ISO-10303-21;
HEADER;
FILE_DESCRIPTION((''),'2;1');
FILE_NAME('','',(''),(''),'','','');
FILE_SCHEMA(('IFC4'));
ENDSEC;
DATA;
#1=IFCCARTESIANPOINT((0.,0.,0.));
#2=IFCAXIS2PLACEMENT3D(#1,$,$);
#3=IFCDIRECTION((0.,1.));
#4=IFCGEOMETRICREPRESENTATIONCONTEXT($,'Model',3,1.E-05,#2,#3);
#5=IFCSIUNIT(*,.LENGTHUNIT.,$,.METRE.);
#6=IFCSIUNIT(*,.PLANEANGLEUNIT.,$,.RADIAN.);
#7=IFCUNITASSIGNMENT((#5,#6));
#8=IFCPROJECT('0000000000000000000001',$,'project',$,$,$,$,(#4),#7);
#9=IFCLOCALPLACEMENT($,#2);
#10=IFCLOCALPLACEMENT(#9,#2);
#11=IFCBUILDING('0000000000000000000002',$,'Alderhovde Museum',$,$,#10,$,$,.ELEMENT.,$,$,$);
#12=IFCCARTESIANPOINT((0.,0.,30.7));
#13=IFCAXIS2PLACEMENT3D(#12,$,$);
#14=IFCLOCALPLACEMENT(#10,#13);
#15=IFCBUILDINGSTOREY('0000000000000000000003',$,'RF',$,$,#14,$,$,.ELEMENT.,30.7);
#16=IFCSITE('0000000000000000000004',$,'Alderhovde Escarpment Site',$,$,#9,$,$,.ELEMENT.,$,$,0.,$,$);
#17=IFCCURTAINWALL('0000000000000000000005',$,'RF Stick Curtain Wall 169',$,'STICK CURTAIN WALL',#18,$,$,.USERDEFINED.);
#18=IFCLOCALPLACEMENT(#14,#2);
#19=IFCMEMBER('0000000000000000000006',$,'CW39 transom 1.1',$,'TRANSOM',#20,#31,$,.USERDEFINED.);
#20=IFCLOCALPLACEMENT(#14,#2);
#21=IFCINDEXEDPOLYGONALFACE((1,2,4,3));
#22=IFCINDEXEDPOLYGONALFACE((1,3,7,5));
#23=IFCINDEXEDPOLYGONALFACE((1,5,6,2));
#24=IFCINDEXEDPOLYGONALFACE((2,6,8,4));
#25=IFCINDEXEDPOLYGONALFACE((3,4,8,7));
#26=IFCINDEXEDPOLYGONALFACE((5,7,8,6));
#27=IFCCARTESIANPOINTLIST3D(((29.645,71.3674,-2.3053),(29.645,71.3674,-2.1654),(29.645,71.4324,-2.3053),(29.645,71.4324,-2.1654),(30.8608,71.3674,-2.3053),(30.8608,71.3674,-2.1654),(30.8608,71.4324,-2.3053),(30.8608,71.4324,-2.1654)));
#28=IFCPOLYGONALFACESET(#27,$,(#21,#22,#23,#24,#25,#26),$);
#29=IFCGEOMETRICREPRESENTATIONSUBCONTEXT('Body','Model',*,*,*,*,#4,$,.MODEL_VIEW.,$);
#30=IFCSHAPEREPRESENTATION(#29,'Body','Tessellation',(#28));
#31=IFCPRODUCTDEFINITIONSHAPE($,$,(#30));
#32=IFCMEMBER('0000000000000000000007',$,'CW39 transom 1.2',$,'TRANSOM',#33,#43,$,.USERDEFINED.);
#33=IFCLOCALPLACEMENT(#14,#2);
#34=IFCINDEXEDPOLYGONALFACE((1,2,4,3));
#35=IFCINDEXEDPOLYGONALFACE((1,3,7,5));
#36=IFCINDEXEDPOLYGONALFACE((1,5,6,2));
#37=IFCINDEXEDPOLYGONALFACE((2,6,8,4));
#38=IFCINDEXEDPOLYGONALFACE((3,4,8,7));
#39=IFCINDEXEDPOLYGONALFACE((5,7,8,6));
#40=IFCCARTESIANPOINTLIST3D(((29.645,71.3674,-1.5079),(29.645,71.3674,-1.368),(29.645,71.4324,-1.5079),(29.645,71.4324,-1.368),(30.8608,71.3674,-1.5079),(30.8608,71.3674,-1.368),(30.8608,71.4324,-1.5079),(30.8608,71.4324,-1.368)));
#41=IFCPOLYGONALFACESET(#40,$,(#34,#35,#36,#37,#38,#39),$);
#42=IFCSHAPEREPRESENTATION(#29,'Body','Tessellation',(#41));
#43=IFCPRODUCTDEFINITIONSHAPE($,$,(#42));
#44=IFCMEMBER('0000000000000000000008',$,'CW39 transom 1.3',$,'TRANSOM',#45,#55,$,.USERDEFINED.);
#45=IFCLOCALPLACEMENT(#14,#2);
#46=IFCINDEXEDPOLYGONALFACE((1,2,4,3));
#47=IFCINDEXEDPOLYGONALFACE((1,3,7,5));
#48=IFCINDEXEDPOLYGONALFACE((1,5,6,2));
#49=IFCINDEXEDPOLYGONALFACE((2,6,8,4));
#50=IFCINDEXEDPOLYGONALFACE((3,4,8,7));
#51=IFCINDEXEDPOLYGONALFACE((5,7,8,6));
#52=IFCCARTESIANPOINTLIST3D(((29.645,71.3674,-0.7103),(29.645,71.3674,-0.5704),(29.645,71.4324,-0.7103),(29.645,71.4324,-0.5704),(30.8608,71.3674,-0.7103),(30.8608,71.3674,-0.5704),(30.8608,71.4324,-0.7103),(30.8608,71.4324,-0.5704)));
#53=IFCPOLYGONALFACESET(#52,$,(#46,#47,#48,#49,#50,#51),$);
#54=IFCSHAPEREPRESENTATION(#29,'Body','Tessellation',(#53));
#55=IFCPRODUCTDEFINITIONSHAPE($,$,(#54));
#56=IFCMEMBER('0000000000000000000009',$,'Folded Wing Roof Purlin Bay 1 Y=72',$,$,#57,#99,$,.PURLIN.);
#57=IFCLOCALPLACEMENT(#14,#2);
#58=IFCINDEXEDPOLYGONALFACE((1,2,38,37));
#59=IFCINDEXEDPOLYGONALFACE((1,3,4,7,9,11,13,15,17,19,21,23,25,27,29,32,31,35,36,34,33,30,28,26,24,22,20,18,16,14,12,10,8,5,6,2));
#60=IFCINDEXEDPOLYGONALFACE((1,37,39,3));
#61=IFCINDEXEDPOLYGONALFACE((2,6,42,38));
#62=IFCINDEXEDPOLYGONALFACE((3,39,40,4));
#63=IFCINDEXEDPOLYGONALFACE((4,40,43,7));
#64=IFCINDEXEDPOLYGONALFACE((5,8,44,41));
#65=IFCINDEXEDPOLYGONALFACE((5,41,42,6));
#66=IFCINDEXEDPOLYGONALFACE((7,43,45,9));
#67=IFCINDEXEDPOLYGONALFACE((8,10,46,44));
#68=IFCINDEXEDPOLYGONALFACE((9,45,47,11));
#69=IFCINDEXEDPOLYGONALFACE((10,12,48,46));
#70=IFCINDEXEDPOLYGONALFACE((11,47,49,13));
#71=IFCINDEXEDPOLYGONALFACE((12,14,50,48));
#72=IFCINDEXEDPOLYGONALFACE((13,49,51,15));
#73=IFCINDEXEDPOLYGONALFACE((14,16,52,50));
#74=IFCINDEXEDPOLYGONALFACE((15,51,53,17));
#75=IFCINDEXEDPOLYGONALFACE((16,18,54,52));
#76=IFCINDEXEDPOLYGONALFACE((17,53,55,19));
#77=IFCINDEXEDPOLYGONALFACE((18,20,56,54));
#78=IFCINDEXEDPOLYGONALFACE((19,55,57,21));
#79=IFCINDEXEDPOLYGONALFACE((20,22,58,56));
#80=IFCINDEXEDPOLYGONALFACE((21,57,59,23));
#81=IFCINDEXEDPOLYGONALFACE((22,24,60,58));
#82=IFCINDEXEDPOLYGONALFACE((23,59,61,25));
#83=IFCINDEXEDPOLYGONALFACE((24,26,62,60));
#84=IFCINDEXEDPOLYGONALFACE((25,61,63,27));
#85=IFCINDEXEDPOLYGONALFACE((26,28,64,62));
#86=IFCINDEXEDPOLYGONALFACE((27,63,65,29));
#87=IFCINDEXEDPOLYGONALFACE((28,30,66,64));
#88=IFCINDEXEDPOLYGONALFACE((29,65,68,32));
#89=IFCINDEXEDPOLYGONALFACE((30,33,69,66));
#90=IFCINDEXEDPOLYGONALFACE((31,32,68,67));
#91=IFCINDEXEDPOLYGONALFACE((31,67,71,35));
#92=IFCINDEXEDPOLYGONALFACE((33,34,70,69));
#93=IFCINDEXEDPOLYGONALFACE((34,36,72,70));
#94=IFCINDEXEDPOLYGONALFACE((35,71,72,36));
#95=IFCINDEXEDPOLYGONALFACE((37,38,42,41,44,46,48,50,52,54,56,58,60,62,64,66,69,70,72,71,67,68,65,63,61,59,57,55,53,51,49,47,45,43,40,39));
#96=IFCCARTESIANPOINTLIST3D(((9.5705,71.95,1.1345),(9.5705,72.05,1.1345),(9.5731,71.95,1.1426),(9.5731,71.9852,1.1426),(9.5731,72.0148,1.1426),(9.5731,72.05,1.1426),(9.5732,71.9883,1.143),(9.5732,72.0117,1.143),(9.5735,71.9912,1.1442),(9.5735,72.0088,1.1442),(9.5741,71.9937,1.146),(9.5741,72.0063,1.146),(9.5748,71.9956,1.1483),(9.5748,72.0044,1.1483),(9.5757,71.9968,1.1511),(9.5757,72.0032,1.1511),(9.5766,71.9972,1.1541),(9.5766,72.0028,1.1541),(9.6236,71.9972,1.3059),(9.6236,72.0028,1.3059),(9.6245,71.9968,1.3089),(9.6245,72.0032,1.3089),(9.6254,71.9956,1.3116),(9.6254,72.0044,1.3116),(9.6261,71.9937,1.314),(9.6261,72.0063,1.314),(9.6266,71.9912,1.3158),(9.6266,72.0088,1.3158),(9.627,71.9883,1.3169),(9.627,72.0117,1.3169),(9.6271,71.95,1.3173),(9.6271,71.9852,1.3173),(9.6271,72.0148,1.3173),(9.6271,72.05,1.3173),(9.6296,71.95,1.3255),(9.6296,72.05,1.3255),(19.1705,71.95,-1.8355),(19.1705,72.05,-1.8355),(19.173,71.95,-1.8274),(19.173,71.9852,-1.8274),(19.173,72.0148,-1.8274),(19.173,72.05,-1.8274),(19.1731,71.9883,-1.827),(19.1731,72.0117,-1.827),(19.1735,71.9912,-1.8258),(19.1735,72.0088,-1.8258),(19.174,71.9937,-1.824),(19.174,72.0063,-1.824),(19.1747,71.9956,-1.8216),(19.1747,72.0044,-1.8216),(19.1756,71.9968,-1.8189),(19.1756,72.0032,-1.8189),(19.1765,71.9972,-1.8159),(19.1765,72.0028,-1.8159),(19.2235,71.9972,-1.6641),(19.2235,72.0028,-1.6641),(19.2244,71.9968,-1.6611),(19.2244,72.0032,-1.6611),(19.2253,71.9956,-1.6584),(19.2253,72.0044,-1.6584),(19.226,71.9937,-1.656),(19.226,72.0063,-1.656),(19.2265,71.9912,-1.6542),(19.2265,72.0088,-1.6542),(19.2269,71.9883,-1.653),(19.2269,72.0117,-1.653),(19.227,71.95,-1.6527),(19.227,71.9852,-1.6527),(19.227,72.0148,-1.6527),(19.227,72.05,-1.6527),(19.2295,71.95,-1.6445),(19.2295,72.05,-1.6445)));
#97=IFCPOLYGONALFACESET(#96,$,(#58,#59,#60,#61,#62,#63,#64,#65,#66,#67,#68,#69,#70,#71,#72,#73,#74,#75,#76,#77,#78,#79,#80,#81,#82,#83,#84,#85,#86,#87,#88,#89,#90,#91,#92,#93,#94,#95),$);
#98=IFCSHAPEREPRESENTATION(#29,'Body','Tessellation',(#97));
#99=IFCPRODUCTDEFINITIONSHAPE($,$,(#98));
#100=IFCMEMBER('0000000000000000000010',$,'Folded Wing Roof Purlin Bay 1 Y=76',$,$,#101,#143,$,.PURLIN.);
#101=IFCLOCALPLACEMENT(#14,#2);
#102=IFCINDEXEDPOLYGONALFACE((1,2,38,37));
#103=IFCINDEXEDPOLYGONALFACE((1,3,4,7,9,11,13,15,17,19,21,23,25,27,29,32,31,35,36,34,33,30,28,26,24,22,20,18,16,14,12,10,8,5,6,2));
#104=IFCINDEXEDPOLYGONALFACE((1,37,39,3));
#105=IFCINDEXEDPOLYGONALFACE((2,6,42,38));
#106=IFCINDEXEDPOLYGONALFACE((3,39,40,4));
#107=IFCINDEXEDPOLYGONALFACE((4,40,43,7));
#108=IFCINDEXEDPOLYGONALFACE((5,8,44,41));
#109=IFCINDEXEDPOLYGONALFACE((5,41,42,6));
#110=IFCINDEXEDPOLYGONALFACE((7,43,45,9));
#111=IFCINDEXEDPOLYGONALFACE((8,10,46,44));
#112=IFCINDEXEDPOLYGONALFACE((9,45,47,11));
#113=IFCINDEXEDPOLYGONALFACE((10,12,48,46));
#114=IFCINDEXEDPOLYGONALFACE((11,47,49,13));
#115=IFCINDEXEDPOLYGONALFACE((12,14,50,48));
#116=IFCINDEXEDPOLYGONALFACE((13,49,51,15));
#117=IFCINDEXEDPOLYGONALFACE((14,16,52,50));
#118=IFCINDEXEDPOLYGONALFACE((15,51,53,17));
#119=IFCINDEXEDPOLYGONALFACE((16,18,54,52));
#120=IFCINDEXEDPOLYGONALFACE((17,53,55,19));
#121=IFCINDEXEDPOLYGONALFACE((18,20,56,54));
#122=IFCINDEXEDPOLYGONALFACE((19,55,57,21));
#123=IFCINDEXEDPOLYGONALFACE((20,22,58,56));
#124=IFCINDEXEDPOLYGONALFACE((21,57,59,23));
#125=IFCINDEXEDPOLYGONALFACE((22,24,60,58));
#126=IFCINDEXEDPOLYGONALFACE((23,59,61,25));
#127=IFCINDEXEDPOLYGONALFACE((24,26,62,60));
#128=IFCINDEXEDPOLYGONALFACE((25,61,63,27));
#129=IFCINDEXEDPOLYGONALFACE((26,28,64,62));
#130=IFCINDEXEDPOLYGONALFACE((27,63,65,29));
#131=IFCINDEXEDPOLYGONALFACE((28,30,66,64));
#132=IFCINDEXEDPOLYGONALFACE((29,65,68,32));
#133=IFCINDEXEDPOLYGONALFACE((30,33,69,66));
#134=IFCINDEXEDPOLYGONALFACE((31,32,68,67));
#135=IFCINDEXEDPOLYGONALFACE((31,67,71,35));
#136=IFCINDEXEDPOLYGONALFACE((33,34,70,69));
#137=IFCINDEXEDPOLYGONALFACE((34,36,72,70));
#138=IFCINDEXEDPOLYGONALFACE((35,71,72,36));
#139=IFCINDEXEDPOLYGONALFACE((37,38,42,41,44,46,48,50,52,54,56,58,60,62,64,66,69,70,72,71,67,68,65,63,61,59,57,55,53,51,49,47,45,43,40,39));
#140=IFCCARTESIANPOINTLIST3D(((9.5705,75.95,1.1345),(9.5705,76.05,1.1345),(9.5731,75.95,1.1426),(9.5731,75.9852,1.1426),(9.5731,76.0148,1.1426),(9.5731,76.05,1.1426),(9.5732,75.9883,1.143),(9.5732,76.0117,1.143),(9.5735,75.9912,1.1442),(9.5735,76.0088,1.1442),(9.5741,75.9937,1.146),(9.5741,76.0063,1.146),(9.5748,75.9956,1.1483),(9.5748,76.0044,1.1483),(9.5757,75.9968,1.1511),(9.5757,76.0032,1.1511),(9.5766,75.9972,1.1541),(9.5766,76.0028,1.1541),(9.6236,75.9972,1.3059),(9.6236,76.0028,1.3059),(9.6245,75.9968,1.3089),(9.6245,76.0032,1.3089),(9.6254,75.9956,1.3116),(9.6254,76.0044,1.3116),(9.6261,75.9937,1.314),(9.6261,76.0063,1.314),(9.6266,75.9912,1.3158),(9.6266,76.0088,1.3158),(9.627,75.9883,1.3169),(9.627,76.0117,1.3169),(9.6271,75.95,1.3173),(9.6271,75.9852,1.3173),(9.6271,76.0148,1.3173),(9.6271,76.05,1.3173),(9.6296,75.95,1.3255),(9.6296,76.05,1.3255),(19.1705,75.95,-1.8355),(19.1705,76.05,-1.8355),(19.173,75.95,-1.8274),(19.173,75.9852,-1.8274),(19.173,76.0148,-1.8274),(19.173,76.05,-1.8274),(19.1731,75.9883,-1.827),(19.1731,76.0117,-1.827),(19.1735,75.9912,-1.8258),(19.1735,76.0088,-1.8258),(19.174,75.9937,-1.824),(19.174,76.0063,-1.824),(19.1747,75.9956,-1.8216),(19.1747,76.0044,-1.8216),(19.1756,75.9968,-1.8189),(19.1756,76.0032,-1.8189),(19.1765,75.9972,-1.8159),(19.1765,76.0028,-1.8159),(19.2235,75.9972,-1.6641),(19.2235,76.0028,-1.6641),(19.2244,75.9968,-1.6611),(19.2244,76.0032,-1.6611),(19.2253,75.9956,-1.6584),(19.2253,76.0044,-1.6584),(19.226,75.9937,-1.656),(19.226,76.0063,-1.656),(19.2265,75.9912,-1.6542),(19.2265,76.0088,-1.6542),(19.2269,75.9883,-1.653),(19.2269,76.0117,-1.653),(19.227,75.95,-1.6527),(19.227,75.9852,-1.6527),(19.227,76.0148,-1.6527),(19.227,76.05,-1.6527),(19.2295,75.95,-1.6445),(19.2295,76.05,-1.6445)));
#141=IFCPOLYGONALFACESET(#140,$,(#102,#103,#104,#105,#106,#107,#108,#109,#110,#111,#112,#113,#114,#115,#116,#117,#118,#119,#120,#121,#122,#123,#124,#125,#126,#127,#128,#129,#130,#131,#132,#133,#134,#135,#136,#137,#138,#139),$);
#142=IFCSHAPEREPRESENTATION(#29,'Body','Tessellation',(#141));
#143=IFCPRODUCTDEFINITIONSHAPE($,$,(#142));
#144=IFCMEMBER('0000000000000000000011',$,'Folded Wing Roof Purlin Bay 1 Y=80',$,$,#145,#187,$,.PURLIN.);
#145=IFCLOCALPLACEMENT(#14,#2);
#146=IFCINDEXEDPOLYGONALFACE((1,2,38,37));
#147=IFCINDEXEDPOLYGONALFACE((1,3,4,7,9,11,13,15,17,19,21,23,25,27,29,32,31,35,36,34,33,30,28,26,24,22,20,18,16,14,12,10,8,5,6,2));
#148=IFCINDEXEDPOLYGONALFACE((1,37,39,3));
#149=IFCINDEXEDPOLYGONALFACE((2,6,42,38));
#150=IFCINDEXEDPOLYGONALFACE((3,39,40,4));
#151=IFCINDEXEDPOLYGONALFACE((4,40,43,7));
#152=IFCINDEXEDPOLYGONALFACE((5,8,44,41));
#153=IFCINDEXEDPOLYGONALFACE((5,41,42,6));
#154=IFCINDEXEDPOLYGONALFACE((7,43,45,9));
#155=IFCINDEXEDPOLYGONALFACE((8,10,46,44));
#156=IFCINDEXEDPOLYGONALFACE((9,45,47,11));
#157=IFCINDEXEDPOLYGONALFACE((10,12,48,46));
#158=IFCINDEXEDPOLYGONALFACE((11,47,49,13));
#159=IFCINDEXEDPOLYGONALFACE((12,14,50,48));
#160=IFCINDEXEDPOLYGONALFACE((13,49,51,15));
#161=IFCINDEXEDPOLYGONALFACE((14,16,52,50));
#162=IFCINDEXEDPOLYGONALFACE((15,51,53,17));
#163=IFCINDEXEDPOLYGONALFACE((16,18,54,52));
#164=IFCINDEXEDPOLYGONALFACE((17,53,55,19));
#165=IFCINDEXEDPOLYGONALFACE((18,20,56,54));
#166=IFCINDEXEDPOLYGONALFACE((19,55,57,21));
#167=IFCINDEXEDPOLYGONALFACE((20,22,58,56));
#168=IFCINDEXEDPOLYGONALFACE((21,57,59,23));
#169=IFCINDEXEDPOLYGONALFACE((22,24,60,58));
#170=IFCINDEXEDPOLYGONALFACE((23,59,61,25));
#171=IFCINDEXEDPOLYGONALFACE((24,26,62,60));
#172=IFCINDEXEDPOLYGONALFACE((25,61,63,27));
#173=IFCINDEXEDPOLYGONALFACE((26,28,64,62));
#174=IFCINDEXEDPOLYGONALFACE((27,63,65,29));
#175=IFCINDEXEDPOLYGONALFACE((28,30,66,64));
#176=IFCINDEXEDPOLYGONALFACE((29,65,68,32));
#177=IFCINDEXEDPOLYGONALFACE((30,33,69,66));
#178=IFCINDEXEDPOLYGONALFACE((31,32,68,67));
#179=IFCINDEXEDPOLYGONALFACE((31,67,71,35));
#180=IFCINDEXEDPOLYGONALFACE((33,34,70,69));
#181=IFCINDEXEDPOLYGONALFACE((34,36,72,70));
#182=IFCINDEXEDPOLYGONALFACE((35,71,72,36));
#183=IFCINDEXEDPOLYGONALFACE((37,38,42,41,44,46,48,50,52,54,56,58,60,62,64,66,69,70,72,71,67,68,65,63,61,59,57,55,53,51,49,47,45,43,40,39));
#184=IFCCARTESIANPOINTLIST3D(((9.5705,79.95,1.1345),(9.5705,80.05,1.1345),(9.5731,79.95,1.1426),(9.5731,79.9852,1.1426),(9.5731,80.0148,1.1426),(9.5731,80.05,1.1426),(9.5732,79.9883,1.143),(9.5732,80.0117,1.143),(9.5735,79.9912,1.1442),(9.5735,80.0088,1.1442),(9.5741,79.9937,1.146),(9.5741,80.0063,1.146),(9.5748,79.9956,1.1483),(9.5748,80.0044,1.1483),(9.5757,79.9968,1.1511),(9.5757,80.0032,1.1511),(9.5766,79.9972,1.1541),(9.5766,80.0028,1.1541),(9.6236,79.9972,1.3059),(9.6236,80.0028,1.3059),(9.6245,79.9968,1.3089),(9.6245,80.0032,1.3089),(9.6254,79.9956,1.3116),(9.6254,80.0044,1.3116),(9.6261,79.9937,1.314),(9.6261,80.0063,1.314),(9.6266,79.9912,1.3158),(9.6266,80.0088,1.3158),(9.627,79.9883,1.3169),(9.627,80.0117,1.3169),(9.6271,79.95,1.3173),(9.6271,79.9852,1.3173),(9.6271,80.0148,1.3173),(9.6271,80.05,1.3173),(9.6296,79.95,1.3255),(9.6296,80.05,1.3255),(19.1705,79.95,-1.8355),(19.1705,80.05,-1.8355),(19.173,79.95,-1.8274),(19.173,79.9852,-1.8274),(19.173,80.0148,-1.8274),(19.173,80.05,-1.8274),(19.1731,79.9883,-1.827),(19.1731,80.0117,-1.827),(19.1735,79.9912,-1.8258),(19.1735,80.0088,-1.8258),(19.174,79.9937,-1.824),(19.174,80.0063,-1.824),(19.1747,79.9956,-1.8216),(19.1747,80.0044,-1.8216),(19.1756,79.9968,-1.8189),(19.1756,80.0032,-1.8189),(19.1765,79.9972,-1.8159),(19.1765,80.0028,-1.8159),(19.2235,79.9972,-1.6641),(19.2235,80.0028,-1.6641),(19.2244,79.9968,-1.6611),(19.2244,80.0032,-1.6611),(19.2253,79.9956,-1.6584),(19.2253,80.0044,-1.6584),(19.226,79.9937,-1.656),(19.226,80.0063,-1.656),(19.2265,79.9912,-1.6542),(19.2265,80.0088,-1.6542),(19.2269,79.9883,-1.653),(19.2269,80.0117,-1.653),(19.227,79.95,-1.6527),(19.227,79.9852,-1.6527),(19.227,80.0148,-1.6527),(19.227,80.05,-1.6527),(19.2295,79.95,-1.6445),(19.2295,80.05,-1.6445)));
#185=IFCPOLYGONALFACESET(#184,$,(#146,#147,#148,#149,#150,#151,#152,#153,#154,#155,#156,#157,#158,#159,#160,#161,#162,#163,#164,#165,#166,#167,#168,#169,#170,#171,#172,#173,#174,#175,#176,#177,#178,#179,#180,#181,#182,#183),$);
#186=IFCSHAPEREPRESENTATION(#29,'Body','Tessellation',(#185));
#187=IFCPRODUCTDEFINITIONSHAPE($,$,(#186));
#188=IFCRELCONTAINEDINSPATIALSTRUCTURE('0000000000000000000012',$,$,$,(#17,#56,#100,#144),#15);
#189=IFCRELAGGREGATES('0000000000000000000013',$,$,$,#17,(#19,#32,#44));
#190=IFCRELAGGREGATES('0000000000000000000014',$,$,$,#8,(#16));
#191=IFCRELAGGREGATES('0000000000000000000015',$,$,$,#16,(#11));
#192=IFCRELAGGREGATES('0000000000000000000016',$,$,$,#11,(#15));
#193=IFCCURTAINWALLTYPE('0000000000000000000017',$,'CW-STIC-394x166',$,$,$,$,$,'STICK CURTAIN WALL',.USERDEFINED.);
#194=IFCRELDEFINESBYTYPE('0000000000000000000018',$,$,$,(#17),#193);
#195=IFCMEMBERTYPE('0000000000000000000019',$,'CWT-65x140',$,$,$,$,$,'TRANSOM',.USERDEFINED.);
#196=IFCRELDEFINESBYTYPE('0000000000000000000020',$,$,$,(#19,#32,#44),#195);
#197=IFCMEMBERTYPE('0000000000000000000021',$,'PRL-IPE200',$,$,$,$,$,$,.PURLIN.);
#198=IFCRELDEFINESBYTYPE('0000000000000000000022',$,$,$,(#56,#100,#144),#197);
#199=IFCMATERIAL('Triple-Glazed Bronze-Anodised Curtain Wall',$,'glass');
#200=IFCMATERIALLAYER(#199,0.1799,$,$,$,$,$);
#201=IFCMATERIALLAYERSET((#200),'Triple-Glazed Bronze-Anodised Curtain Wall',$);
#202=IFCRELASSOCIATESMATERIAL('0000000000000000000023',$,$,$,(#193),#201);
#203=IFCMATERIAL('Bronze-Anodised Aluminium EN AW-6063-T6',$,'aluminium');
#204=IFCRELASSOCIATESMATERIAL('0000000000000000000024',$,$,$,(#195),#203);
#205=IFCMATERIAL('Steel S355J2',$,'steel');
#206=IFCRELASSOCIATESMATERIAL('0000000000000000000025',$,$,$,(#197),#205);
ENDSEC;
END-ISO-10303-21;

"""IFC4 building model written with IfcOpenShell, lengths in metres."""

from ifc_helpers import new_model, si_unit, direction, frame, origin, origin_2d, place, context, subcontext, project, spatial, rectangle, i_section, extrude, material, layer, layer_set, material_profile, profile_set, type_object, element, aggregate, save


model = new_model("IFC4")

# Units and contexts
model_context = context("Model", 3, precision=1e-05, world=origin(), true_north=direction((0.0, 1.0)))
body_context = subcontext(model_context, "Body", "Model", "MODEL_VIEW")
ifc_project = project(units=[si_unit("LENGTHUNIT", "METRE"), si_unit("PLANEANGLEUNIT", "RADIAN")], contexts=[model_context])

# Site, building, storey
site_placement = place(None, origin())
site = spatial("IfcSite", under=ifc_project, at=site_placement, Name="Alderhovde Escarpment Site", CompositionType="ELEMENT", RefElevation=0.0)
building_placement = place(site_placement, origin())
building = spatial("IfcBuilding", under=site, at=building_placement, Name="Alderhovde Museum", CompositionType="ELEMENT")
storey_placement = place(building_placement, frame((0.0, 0.0, 30.7)))
storey = spatial("IfcBuildingStorey", under=building, at=storey_placement, Name="RF", CompositionType="ELEMENT", Elevation=30.7)

# Curtain wall
ifc_material_1 = material(Name="Triple-Glazed Bronze-Anodised Curtain Wall", Category="glass")
ifc_layer_1 = layer(ifc_material_1, 0.1799)
ifc_layer_set_1 = layer_set([ifc_layer_1], Name="Triple-Glazed Bronze-Anodised Curtain Wall")
curtain_wall_type = type_object("IfcCurtainWallType", Name="CW-STIC-394x166", ElementType="STICK CURTAIN WALL", PredefinedType="USERDEFINED", material=ifc_layer_set_1)
curtain_wall_1_placement = place(storey_placement, origin())
curtain_wall_1 = element("IfcCurtainWall", 1, at=curtain_wall_1_placement, inside=storey, type_object=curtain_wall_type, Name="RF Stick Curtain Wall 169", ObjectType="STICK CURTAIN WALL", PredefinedType="USERDEFINED")

# Members
ifc_material_2 = material(Name="Bronze-Anodised Aluminium EN AW-6063-T6", Category="aluminium")
ifc_material_profile_1 = material_profile(ifc_material_2, rectangle(XDim=0.0649, YDim=0.1399, at=origin_2d()), Name="TRANSOM 65x140")
ifc_profile_set_1 = profile_set([ifc_material_profile_1], Name="Bronze-Anodised Aluminium EN AW-6063-T6")
member_type_1 = type_object("IfcMemberType", Name="CWT-65x140", ElementType="TRANSOM", PredefinedType="USERDEFINED", material=ifc_profile_set_1)
member_1_placement = place(storey_placement, frame((29.645, 71.3999, -2.2354), z_axis=(1.0, 0.0, 0.0), x_axis=(0.0, 1.0, 0.0)))
member_1 = element("IfcMember", 2, at=member_1_placement, type_object=member_type_1, Name="CW39 transom 1.1", ObjectType="TRANSOM", PredefinedType="USERDEFINED", context=body_context, shape_type="SweptSolid", body=[
    extrude(rectangle(XDim=0.0649, YDim=0.1399, at=origin_2d()), origin(), (0.0, 0.0, 1.0), 1.2158),
])
member_2_placement = place(storey_placement, frame((29.645, 71.3999, -1.438), z_axis=(1.0, 0.0, 0.0), x_axis=(0.0, 1.0, 0.0)))
member_2 = element("IfcMember", 3, at=member_2_placement, type_object=member_type_1, Name="CW39 transom 1.2", ObjectType="TRANSOM", PredefinedType="USERDEFINED", context=body_context, shape_type="SweptSolid", body=[
    extrude(rectangle(XDim=0.0649, YDim=0.1399, at=origin_2d()), origin(), (0.0, 0.0, 1.0), 1.2158),
])
member_3_placement = place(storey_placement, frame((29.645, 71.3999, -0.6404), z_axis=(1.0, 0.0, 0.0), x_axis=(0.0, 1.0, 0.0)))
member_3 = element("IfcMember", 4, at=member_3_placement, type_object=member_type_1, Name="CW39 transom 1.3", ObjectType="TRANSOM", PredefinedType="USERDEFINED", context=body_context, shape_type="SweptSolid", body=[
    extrude(rectangle(XDim=0.0649, YDim=0.1399, at=origin_2d()), origin(), (0.0, 0.0, 1.0), 1.2158),
])

# Members
ifc_material_3 = material(Name="Steel S355J2", Category="steel")
ifc_material_profile_2 = material_profile(ifc_material_3, i_section(OverallWidth=0.1001, OverallDepth=0.2, WebThickness=0.0056, FlangeThickness=0.0085, FilletRadius=0.012, at=origin_2d()), Name="IPE 200")
ifc_profile_set_2 = profile_set([ifc_material_profile_2], Name="Steel S355J2")
member_type_2 = type_object("IfcMemberType", Name="PRL-IPE200", PredefinedType="PURLIN", material=ifc_profile_set_2)
for number, where, z_axis, x_axis, name in (
    (5, (9.6001, 72.0, 1.23), (0.955326, 0.0, -0.295555), (0.0, 1.0, 0.0), "Folded Wing Roof Purlin Bay 1 Y=72"),
    (6, (9.6001, 76.0, 1.23), (0.955326, 0.0, -0.295555), (0.0, 1.0, 0.0), "Folded Wing Roof Purlin Bay 1 Y=76"),
    (7, (9.6001, 80.0, 1.23), (0.955326, 0.0, -0.295555), (0.0, 1.0, 0.0), "Folded Wing Roof Purlin Bay 1 Y=80"),
):
    element("IfcMember", number, at=place(storey_placement, frame(where, z_axis=z_axis, x_axis=x_axis)), inside=storey, type_object=member_type_2, Name=name, PredefinedType="PURLIN", context=body_context, shape_type="SweptSolid", body=[
        extrude(i_section(OverallWidth=0.1001, OverallDepth=0.2, WebThickness=0.0056, FlangeThickness=0.0085, FilletRadius=0.012, at=origin_2d()), origin(), (0.0, 0.0, 1.0), 10.0488),
    ])

aggregate(curtain_wall_1, [member_1, member_2, member_3])

save(model, "model.ifc")
